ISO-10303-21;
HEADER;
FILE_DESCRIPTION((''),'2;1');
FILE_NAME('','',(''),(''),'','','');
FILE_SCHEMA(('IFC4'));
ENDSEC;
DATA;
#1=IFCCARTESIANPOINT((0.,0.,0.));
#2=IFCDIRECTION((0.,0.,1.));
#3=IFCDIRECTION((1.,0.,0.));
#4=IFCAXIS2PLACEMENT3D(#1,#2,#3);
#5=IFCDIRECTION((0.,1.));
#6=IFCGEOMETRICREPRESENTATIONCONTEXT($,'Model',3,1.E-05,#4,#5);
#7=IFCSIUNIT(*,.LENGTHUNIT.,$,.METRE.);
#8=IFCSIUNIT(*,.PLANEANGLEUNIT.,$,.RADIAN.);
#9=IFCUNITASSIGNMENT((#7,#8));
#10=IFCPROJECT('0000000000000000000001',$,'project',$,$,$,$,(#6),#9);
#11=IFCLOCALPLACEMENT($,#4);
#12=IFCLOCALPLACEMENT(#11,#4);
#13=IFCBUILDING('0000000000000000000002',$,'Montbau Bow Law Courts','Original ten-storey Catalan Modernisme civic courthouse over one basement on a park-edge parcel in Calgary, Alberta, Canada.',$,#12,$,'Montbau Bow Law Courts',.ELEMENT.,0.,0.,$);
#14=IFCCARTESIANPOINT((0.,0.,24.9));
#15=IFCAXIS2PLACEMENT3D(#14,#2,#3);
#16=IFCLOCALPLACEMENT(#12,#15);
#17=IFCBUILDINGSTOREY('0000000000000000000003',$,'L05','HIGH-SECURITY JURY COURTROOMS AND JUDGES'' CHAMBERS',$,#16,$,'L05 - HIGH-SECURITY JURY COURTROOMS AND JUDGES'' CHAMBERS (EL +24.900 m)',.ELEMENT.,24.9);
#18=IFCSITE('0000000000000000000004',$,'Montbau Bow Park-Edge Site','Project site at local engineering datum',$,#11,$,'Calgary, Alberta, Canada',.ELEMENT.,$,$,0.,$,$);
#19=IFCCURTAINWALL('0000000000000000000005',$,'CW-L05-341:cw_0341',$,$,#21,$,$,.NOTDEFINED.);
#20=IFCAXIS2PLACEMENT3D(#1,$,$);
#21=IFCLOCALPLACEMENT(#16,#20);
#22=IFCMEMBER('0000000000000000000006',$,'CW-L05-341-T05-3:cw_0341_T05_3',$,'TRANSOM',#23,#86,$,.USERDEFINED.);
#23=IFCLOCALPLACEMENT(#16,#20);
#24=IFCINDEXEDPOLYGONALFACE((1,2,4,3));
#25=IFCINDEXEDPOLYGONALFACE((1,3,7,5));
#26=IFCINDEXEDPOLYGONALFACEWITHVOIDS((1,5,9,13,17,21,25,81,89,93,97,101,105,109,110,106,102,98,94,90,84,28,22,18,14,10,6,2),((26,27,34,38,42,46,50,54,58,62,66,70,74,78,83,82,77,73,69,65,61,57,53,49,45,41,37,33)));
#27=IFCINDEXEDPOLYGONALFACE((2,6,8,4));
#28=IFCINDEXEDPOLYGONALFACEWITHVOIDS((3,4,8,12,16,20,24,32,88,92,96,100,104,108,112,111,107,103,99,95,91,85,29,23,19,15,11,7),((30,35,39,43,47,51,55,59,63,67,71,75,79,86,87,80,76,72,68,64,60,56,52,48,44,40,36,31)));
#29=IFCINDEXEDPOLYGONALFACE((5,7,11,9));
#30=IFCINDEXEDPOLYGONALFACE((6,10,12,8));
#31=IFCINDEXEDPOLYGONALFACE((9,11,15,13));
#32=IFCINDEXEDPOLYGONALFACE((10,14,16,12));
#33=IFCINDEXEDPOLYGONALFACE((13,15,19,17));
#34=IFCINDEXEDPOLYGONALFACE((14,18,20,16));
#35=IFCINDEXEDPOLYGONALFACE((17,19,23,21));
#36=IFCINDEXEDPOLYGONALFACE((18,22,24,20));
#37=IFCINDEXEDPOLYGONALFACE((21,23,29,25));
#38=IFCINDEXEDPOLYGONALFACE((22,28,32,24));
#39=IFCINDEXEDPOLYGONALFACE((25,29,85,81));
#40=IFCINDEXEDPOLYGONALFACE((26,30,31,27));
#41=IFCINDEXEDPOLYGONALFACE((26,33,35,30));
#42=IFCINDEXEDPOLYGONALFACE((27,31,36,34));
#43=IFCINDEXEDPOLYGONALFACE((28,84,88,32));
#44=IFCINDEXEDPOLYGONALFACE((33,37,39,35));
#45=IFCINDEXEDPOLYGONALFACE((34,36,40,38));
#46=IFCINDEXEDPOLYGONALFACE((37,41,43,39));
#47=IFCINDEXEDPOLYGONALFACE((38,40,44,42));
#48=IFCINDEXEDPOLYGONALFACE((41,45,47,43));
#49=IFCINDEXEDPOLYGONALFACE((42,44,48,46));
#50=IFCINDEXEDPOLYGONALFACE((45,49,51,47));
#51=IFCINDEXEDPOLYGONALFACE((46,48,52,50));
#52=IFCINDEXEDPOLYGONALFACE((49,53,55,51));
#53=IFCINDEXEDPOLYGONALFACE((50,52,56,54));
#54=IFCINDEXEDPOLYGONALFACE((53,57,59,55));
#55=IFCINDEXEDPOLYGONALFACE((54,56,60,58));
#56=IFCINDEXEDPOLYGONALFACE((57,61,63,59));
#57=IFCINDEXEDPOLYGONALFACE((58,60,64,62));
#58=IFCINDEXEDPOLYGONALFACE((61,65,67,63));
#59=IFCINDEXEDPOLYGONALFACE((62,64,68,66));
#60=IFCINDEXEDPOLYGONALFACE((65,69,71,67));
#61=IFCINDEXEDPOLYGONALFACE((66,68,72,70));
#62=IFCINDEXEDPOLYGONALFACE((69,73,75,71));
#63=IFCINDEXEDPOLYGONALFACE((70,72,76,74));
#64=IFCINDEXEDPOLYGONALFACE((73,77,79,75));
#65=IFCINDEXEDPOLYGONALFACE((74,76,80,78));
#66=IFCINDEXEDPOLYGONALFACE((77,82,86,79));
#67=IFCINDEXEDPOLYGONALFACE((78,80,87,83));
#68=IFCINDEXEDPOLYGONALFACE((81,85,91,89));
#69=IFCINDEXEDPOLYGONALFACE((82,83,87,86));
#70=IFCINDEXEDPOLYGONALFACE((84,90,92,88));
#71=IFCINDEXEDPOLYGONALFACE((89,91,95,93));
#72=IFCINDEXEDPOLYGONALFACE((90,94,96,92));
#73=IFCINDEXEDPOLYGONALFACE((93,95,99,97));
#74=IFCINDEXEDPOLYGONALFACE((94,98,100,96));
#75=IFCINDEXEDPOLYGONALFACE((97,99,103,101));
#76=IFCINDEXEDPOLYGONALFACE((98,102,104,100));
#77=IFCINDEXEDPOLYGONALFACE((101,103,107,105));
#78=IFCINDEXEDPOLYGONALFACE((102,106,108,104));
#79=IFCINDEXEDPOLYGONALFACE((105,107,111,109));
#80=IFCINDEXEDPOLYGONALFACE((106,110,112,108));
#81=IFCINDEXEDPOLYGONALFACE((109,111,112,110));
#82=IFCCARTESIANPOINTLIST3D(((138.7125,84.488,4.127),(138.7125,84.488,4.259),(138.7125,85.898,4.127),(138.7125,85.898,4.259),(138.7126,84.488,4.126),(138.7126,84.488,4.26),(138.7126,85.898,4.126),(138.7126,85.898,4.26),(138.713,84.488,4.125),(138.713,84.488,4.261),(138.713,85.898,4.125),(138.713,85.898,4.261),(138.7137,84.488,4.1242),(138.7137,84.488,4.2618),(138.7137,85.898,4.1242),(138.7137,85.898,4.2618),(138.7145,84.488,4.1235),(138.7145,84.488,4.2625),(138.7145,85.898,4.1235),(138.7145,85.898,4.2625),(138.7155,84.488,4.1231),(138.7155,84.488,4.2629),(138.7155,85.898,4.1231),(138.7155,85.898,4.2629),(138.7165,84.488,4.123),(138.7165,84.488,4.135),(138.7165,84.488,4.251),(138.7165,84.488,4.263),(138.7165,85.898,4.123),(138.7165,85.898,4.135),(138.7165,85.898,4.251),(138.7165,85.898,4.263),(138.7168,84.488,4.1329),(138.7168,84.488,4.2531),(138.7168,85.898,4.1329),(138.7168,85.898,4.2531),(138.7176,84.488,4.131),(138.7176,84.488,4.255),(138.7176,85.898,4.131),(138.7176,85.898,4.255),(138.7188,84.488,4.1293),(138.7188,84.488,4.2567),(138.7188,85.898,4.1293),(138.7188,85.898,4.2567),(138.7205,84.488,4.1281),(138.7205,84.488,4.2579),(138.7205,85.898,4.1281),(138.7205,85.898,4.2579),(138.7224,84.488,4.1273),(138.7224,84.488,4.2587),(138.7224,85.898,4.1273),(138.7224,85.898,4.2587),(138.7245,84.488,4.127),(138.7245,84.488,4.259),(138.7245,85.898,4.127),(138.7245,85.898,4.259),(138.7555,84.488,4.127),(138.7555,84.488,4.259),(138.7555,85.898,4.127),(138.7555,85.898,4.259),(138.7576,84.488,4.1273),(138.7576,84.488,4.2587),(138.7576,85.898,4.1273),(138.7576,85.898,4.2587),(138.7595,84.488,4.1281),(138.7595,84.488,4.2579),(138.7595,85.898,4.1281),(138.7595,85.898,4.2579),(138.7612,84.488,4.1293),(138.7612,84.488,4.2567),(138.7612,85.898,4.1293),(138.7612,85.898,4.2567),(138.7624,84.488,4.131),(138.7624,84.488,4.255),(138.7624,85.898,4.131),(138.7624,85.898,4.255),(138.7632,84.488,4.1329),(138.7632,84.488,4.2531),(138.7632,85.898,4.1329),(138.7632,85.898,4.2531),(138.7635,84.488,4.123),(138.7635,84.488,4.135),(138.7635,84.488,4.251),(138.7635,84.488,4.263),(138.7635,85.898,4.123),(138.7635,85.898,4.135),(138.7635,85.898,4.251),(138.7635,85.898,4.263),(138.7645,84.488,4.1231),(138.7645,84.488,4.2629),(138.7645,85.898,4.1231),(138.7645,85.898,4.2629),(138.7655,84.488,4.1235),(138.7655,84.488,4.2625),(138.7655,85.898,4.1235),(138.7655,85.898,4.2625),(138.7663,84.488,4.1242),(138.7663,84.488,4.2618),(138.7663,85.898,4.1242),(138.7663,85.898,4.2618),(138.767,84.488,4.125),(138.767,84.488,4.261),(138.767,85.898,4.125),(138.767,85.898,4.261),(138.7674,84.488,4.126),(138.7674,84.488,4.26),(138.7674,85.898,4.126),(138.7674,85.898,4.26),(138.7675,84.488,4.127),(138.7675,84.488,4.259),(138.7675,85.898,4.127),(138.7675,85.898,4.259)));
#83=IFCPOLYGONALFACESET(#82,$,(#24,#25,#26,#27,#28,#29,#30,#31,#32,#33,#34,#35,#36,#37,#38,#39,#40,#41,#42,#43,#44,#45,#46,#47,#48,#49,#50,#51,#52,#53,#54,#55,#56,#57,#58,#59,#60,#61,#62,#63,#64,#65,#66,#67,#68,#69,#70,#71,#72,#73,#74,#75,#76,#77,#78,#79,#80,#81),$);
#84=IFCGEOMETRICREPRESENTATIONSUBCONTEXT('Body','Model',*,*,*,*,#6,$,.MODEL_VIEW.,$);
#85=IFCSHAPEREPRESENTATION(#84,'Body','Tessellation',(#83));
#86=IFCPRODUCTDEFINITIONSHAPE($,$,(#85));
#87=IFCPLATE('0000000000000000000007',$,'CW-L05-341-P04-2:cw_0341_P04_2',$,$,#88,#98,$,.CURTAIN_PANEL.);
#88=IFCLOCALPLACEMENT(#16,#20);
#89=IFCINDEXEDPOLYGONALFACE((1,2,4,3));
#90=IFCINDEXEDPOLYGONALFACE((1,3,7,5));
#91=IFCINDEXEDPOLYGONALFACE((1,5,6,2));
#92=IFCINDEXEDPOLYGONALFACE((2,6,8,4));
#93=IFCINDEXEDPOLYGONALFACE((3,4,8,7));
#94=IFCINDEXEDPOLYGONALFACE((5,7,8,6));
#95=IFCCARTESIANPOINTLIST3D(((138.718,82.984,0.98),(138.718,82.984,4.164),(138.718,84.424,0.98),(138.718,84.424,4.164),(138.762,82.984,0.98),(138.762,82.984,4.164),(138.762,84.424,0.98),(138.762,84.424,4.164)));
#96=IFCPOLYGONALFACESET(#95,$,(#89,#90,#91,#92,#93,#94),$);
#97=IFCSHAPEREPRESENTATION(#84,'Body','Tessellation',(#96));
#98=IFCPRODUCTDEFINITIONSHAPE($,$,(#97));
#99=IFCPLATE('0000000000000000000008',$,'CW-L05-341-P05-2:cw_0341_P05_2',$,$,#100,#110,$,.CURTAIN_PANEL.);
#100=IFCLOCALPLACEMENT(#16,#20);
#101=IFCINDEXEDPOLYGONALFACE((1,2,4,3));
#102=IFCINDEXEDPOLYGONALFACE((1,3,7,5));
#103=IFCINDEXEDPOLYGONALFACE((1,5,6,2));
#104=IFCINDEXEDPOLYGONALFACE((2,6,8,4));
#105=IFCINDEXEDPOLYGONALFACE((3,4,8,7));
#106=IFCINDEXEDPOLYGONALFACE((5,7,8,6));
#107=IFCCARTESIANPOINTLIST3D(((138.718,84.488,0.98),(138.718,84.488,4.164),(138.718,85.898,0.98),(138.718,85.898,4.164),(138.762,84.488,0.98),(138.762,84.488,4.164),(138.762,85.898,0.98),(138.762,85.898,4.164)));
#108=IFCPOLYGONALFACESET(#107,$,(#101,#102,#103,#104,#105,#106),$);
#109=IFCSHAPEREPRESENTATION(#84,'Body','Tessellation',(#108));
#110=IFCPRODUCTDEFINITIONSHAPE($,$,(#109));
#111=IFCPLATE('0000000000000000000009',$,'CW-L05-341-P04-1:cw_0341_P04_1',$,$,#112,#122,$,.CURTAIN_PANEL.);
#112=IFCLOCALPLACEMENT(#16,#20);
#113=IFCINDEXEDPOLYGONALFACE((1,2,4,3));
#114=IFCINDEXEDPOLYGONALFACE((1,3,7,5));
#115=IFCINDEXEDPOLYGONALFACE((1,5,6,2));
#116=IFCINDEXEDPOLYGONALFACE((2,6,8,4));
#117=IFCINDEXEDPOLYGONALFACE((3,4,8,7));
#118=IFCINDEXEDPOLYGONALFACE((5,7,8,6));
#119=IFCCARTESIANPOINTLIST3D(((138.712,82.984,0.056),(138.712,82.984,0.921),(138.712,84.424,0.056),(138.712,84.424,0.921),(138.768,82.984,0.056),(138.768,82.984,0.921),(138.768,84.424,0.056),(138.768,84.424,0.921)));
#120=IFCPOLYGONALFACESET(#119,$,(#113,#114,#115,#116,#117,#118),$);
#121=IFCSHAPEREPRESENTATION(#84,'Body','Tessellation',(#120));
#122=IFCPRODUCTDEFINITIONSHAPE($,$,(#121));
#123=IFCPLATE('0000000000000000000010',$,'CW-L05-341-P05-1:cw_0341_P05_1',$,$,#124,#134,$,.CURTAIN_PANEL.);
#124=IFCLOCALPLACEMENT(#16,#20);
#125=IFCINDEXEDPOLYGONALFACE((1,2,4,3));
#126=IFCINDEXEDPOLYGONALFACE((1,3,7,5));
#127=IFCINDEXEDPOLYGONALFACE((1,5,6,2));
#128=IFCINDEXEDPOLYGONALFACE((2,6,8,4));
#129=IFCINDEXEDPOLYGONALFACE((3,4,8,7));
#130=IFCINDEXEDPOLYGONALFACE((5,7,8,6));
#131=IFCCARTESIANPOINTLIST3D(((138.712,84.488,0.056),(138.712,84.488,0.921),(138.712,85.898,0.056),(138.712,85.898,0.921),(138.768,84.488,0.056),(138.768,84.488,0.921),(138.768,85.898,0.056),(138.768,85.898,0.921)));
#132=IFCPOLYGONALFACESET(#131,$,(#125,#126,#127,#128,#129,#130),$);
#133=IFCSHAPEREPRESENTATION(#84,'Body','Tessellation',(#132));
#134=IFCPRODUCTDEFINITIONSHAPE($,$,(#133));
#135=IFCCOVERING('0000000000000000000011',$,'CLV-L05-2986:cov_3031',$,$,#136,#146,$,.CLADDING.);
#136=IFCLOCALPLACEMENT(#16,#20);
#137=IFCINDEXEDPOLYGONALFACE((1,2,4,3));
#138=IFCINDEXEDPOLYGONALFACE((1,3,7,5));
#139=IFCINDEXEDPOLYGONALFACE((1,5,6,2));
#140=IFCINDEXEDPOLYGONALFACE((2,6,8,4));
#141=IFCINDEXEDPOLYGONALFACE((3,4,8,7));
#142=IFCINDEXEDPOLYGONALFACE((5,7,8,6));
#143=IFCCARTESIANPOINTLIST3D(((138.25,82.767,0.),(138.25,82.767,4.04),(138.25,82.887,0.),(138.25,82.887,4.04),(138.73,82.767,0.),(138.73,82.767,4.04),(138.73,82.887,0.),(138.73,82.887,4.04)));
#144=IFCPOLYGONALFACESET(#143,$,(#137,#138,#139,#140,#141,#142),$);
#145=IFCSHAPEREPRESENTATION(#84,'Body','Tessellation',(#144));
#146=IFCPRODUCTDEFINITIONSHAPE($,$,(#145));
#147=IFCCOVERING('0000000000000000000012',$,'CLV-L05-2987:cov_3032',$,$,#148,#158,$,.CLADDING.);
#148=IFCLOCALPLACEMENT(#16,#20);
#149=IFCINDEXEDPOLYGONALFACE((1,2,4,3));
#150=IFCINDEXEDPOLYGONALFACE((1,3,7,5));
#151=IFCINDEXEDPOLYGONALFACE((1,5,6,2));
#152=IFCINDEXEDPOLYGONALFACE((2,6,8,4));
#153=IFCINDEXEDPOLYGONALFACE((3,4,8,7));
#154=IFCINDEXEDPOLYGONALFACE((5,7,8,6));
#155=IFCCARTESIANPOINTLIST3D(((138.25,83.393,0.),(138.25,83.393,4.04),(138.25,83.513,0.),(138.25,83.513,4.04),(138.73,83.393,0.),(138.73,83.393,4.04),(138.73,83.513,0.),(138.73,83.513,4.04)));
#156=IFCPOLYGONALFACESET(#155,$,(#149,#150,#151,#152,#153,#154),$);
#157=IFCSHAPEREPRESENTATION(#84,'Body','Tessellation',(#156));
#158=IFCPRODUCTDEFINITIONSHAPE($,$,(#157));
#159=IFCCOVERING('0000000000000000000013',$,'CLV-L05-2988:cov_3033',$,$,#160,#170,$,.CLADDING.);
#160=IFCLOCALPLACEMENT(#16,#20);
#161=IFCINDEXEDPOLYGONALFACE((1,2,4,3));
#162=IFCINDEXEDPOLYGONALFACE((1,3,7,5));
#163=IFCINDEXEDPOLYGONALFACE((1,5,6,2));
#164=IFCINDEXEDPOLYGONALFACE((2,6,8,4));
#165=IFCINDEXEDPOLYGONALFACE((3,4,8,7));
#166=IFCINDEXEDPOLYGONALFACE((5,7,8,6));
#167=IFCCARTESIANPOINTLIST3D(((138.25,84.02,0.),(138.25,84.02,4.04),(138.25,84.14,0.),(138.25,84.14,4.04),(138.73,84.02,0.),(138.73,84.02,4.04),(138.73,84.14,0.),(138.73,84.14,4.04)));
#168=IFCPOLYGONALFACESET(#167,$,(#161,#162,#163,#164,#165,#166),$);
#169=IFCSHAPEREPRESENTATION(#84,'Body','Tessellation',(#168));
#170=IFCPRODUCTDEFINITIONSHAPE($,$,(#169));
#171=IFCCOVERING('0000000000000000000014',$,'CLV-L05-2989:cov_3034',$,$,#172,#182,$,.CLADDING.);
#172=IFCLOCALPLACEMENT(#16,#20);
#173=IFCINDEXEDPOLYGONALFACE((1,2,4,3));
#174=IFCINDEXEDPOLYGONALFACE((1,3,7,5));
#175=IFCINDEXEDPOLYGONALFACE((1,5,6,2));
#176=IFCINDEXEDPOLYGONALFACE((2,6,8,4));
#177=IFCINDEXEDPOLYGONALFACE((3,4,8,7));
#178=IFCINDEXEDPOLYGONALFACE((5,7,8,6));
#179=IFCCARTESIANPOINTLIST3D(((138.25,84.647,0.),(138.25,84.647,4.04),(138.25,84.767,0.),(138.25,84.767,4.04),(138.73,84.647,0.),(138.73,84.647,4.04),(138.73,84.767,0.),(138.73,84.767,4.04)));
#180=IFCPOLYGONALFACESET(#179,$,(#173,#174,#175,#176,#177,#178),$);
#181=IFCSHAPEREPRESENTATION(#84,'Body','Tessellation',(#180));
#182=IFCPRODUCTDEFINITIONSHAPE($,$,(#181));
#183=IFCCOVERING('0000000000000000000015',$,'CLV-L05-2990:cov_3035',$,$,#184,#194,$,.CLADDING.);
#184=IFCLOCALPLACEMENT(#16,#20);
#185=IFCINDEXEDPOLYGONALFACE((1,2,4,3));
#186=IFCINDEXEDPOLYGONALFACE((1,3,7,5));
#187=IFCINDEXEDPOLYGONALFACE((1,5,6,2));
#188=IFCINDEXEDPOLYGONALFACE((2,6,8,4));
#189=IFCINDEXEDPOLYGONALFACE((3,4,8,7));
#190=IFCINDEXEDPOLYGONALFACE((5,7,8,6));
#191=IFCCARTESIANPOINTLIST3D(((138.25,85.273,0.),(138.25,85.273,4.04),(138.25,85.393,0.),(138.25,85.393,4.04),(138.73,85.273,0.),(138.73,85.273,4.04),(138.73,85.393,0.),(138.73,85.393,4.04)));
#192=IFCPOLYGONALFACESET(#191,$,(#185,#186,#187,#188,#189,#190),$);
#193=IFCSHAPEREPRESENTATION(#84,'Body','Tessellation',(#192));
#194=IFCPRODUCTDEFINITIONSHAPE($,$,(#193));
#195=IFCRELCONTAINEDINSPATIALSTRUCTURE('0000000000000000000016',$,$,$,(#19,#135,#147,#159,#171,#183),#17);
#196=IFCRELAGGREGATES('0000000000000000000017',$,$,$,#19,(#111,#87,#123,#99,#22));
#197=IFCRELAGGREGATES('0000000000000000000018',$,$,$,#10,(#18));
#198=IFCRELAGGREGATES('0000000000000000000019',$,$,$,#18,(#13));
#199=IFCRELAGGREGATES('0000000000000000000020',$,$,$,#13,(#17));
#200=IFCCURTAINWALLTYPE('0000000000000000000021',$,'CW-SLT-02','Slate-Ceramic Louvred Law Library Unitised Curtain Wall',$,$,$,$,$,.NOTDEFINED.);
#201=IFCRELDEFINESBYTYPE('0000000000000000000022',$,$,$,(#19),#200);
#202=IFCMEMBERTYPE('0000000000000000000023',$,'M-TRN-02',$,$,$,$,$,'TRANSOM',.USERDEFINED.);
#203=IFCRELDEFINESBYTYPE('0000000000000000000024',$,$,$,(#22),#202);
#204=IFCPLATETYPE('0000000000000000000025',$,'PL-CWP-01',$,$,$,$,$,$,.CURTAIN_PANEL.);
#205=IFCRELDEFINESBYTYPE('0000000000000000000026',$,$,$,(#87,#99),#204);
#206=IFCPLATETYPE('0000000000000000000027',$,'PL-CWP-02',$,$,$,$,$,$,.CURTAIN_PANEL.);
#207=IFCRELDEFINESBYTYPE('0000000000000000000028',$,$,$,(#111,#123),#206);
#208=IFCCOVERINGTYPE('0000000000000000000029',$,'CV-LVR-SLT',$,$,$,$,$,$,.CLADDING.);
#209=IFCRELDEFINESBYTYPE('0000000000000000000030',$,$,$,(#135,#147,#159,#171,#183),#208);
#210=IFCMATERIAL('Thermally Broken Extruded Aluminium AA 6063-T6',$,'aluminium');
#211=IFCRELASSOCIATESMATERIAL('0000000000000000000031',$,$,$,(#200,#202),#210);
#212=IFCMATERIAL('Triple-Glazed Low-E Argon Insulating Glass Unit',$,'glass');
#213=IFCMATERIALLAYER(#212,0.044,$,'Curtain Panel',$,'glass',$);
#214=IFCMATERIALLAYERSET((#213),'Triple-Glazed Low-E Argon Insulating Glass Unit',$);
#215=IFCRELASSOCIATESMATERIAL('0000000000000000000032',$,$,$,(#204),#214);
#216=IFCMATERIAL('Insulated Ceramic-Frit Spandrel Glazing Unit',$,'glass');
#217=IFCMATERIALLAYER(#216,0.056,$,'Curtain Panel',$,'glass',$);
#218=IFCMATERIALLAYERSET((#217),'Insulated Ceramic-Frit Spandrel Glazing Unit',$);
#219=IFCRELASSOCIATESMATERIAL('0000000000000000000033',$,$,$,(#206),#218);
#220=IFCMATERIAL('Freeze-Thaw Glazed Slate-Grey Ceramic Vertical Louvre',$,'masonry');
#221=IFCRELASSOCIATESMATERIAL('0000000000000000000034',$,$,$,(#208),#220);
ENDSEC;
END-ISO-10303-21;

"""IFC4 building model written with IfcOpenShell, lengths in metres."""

from ifc_helpers import new_model, si_unit, direction, frame, frame_2d, origin_with_axes, origin_2d_with_axis, place, context, subcontext, project, spatial, rectangle, hollow_rectangle, extrude, material, layer, layer_set, material_profile, profile_set, type_object, element, aggregate, save


model = new_model("IFC4")

# Units and contexts
model_context = context("Model", 3, precision=1e-05, world=origin_with_axes(), true_north=direction((0.0, 1.0)))
body_context = subcontext(model_context, "Body", "Model", "MODEL_VIEW")
ifc_project = project(units=[si_unit("LENGTHUNIT", "METRE"), si_unit("PLANEANGLEUNIT", "RADIAN")], contexts=[model_context])

# Site, building, storey
site_placement = place(None, origin_with_axes())
site = spatial("IfcSite", under=ifc_project, at=site_placement, Name="Montbau Bow Park-Edge Site", Description="Project site at local engineering datum", LongName="Calgary, Alberta, Canada", CompositionType="ELEMENT", RefElevation=0.0)
building_placement = place(site_placement, origin_with_axes())
building = spatial("IfcBuilding", under=site, at=building_placement, Name="Montbau Bow Law Courts", Description="Original ten-storey Catalan Modernisme civic courthouse over one basement on a park-edge parcel in Calgary, Alberta, Canada.", LongName="Montbau Bow Law Courts", CompositionType="ELEMENT", ElevationOfRefHeight=0.0, ElevationOfTerrain=0.0)
storey_placement = place(building_placement, frame((0.0, 0.0, 24.9), z_axis=(0.0, 0.0, 1.0), x_axis=(1.0, 0.0, 0.0)))
storey = spatial("IfcBuildingStorey", under=building, at=storey_placement, Name="L05", Description="HIGH-SECURITY JURY COURTROOMS AND JUDGES' CHAMBERS", LongName="L05 - HIGH-SECURITY JURY COURTROOMS AND JUDGES' CHAMBERS (EL +24.900 m)", CompositionType="ELEMENT", Elevation=24.9)

# Curtain wall, member, plates
ifc_material_1 = material(Name="Thermally Broken Extruded Aluminium AA 6063-T6", Category="aluminium")
curtain_wall_type = type_object("IfcCurtainWallType", Name="CW-SLT-02", Description="Slate-Ceramic Louvred Law Library Unitised Curtain Wall", PredefinedType="NOTDEFINED", material=ifc_material_1)
curtain_wall_placement = place(None, frame((138.74, 78.44, 24.9), z_axis=(0.0, 0.0, 1.0), x_axis=(1.0, 0.0, 0.0)))
curtain_wall = element("IfcCurtainWall", 1, at=curtain_wall_placement, inside=storey, type_object=curtain_wall_type, Name="CW-L05-341:cw_0341", PredefinedType="NOTDEFINED")
ifc_material_profile_1 = material_profile(ifc_material_1, hollow_rectangle(XDim=0.055, YDim=0.14, WallThickness=0.004, InnerFilletRadius=0.008, OuterFilletRadius=0.004, at=origin_2d_with_axis()), Name="CWT-140X55", Category="Main", Priority=0)
ifc_profile_set_1 = profile_set([ifc_material_profile_1], Name="Thermally Broken Extruded Aluminium AA 6063-T6")
member_type_1 = type_object("IfcMemberType", Name="M-TRN-02", ElementType="TRANSOM", PredefinedType="USERDEFINED", material=ifc_profile_set_1)
member_1_placement = place(None, frame((138.74, 84.488, 29.093), z_axis=(0.0, 1.0, 0.0), x_axis=(-1.0, 0.0, 0.0)))
member_1 = element("IfcMember", 2, at=member_1_placement, type_object=member_type_1, Name="CW-L05-341-T05-3:cw_0341_T05_3", ObjectType="TRANSOM", PredefinedType="USERDEFINED", context=body_context, shape_type="SweptSolid", body=[
    extrude(hollow_rectangle(XDim=0.055, YDim=0.14, WallThickness=0.004, InnerFilletRadius=0.008, OuterFilletRadius=0.004, at=origin_2d_with_axis()), origin_with_axes(), (0.0, 0.0, 1.0), 1.41),
])
ifc_material_2 = material(Name="Triple-Glazed Low-E Argon Insulating Glass Unit", Category="glass")
ifc_layer_1 = layer(ifc_material_2, 0.044, Name="Curtain Panel", Category="glass")
ifc_layer_set_1 = layer_set([ifc_layer_1], Name="Triple-Glazed Low-E Argon Insulating Glass Unit")
plate_type_1 = type_object("IfcPlateType", Name="PL-CWP-01", PredefinedType="CURTAIN_PANEL", material=ifc_layer_set_1)
plate_1_placement = place(None, frame((138.74, 82.984, 25.88), z_axis=(1.0, 0.0, 0.0), x_axis=(0.0, 1.0, 0.0)))
plate_1 = element("IfcPlate", 3, at=plate_1_placement, type_object=plate_type_1, Name="CW-L05-341-P04-2:cw_0341_P04_2", PredefinedType="CURTAIN_PANEL", context=body_context, shape_type="SweptSolid", body=[
    extrude(rectangle(XDim=1.44, YDim=3.184, at=frame_2d((0.72, 1.592), x_axis=(1.0, 0.0))), frame((0.0, 0.0, -0.022), z_axis=(0.0, 0.0, 1.0), x_axis=(1.0, 0.0, 0.0)), (0.0, 0.0, 1.0), 0.044),
])
plate_2_placement = place(None, frame((138.74, 84.488, 25.88), z_axis=(1.0, 0.0, 0.0), x_axis=(0.0, 1.0, 0.0)))
plate_2 = element("IfcPlate", 4, at=plate_2_placement, type_object=plate_type_1, Name="CW-L05-341-P05-2:cw_0341_P05_2", PredefinedType="CURTAIN_PANEL", context=body_context, shape_type="SweptSolid", body=[
    extrude(rectangle(XDim=1.41, YDim=3.184, at=frame_2d((0.705, 1.592), x_axis=(1.0, 0.0))), frame((0.0, 0.0, -0.022), z_axis=(0.0, 0.0, 1.0), x_axis=(1.0, 0.0, 0.0)), (0.0, 0.0, 1.0), 0.044),
])
ifc_material_3 = material(Name="Insulated Ceramic-Frit Spandrel Glazing Unit", Category="glass")
ifc_layer_2 = layer(ifc_material_3, 0.056, Name="Curtain Panel", Category="glass")
ifc_layer_set_2 = layer_set([ifc_layer_2], Name="Insulated Ceramic-Frit Spandrel Glazing Unit")
plate_type_2 = type_object("IfcPlateType", Name="PL-CWP-02", PredefinedType="CURTAIN_PANEL", material=ifc_layer_set_2)
plate_3_placement = place(None, frame((138.74, 82.984, 24.956), z_axis=(1.0, 0.0, 0.0), x_axis=(0.0, 1.0, 0.0)))
plate_3 = element("IfcPlate", 5, at=plate_3_placement, type_object=plate_type_2, Name="CW-L05-341-P04-1:cw_0341_P04_1", PredefinedType="CURTAIN_PANEL", context=body_context, shape_type="SweptSolid", body=[
    extrude(rectangle(XDim=1.44, YDim=0.865, at=frame_2d((0.72, 0.4325), x_axis=(1.0, 0.0))), frame((0.0, 0.0, -0.028), z_axis=(0.0, 0.0, 1.0), x_axis=(1.0, 0.0, 0.0)), (0.0, 0.0, 1.0), 0.056),
])
plate_4_placement = place(None, frame((138.74, 84.488, 24.956), z_axis=(1.0, 0.0, 0.0), x_axis=(0.0, 1.0, 0.0)))
plate_4 = element("IfcPlate", 6, at=plate_4_placement, type_object=plate_type_2, Name="CW-L05-341-P05-1:cw_0341_P05_1", PredefinedType="CURTAIN_PANEL", context=body_context, shape_type="SweptSolid", body=[
    extrude(rectangle(XDim=1.41, YDim=0.865, at=frame_2d((0.705, 0.4325), x_axis=(1.0, 0.0))), frame((0.0, 0.0, -0.028), z_axis=(0.0, 0.0, 1.0), x_axis=(1.0, 0.0, 0.0)), (0.0, 0.0, 1.0), 0.056),
])
aggregate(curtain_wall, [plate_3, plate_1, plate_4, plate_2, member_1])

# Coverings
ifc_material_4 = material(Name="Freeze-Thaw Glazed Slate-Grey Ceramic Vertical Louvre", Category="masonry")
covering_type = type_object("IfcCoveringType", Name="CV-LVR-SLT", PredefinedType="CLADDING", material=ifc_material_4)
for number, where, z_axis, x_axis, name in (
    (7, (138.73, 82.827, 24.9), (0.0, 1.0, 0.0), (-1.0, 0.0, 0.0), "CLV-L05-2986:cov_3031"),
    (8, (138.73, 83.453, 24.9), (0.0, 1.0, 0.0), (-1.0, 0.0, 0.0), "CLV-L05-2987:cov_3032"),
    (9, (138.73, 84.08, 24.9), (0.0, 1.0, 0.0), (-1.0, 0.0, 0.0), "CLV-L05-2988:cov_3033"),
    (10, (138.73, 84.707, 24.9), (0.0, 1.0, 0.0), (-1.0, 0.0, 0.0), "CLV-L05-2989:cov_3034"),
    (11, (138.73, 85.333, 24.9), (0.0, 1.0, 0.0), (-1.0, 0.0, 0.0), "CLV-L05-2990:cov_3035"),
):
    element("IfcCovering", number, at=place(None, frame(where, z_axis=z_axis, x_axis=x_axis)), inside=storey, type_object=covering_type, Name=name, PredefinedType="CLADDING", context=body_context, shape_type="SweptSolid", body=[
        extrude(rectangle(XDim=0.48, YDim=4.04, at=frame_2d((0.24, 2.02), x_axis=(1.0, 0.0))), frame((0.0, 0.0, -0.06), z_axis=(0.0, 0.0, 1.0), x_axis=(1.0, 0.0, 0.0)), (0.0, 0.0, 1.0), 0.12),
    ])

save(model, "model.ifc")
